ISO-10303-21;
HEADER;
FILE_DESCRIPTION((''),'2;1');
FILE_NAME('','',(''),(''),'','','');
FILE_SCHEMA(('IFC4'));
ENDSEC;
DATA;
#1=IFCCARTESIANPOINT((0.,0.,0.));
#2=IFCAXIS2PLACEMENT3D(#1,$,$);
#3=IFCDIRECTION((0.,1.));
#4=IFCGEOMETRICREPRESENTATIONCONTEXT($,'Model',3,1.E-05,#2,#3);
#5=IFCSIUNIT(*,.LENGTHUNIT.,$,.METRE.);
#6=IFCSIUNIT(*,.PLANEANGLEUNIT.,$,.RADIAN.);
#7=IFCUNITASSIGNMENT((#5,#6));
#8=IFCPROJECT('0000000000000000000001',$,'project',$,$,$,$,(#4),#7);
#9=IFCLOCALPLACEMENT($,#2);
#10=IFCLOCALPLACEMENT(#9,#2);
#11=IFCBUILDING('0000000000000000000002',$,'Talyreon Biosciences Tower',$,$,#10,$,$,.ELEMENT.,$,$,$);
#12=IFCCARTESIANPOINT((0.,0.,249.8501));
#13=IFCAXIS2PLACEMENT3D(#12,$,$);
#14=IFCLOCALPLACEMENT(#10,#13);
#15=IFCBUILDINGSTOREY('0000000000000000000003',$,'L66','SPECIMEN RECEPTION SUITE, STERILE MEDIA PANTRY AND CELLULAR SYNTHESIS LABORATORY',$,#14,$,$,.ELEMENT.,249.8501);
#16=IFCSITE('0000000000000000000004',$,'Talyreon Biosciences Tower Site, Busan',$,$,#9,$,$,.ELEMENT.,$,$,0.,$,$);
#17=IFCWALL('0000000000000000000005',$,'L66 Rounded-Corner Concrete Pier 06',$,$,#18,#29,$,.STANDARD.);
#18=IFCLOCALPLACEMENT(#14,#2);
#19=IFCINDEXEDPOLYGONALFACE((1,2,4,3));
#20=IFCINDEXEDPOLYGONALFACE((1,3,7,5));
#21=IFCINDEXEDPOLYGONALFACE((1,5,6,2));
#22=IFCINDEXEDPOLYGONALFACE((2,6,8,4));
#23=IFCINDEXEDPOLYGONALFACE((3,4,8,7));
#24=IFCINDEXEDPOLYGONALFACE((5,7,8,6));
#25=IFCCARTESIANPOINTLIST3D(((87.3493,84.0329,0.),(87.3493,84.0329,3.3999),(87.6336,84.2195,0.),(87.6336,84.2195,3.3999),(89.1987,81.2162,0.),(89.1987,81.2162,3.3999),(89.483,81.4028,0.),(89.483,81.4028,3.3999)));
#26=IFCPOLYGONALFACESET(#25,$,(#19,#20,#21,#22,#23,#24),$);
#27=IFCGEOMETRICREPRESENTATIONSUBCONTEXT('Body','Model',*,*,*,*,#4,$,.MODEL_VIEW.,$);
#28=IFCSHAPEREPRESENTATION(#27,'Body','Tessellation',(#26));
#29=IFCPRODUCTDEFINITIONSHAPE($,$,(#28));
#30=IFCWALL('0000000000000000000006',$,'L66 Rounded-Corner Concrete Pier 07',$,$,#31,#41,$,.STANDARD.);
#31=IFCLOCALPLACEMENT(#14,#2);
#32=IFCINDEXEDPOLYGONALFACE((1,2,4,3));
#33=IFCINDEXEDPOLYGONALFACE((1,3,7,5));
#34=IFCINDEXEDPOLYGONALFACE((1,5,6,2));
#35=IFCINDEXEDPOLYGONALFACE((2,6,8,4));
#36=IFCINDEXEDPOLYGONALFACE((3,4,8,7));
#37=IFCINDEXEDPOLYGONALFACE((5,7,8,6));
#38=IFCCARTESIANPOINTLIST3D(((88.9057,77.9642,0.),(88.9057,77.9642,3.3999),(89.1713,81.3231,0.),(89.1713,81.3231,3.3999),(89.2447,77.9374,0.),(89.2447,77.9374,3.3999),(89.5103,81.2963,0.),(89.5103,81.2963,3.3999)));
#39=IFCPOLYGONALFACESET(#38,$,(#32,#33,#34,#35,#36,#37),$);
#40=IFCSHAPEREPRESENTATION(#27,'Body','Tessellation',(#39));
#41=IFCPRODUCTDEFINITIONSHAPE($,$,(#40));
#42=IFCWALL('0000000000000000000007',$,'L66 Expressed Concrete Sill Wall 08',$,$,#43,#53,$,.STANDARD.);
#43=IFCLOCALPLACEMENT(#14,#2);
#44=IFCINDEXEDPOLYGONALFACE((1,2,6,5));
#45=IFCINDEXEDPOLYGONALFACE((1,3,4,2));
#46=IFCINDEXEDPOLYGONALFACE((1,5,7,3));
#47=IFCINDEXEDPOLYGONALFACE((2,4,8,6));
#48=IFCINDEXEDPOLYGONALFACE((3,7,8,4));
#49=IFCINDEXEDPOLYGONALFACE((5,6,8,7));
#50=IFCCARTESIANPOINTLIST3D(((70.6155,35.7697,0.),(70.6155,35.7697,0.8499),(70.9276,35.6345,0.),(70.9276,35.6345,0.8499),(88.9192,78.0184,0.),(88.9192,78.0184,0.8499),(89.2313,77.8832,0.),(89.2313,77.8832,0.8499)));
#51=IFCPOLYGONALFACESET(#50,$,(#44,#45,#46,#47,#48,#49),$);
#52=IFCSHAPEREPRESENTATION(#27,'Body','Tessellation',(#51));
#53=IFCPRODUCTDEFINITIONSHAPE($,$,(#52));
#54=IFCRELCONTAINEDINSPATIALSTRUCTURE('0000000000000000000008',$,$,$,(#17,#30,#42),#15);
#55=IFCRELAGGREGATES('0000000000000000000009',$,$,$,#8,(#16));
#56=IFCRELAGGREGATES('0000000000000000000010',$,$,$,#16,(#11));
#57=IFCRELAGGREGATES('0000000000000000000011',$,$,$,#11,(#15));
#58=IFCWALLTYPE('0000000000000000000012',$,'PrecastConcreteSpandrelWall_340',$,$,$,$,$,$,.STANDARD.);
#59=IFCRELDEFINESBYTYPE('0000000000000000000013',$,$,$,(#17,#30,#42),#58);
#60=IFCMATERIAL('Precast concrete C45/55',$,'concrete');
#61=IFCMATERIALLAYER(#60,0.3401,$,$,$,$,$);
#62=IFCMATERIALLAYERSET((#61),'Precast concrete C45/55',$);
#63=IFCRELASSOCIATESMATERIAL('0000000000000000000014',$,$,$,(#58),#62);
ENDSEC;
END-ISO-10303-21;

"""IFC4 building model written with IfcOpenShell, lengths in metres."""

from ifc_helpers import new_model, si_unit, direction, frame, frame_2d, origin, place, context, subcontext, project, spatial, rectangle, extrude, material, layer, layer_set, type_object, element, save


model = new_model("IFC4")

# Units and contexts
model_context = context("Model", 3, precision=1e-05, world=origin(), true_north=direction((0.0, 1.0)))
body_context = subcontext(model_context, "Body", "Model", "MODEL_VIEW")
ifc_project = project(units=[si_unit("LENGTHUNIT", "METRE"), si_unit("PLANEANGLEUNIT", "RADIAN")], contexts=[model_context])

# Site, building, storey
site_placement = place(None, origin())
site = spatial("IfcSite", under=ifc_project, at=site_placement, Name="Talyreon Biosciences Tower Site, Busan", CompositionType="ELEMENT", RefElevation=0.0)
building_placement = place(site_placement, origin())
building = spatial("IfcBuilding", under=site, at=building_placement, Name="Talyreon Biosciences Tower", CompositionType="ELEMENT")
storey_placement = place(building_placement, frame((0.0, 0.0, 249.8501)))
storey = spatial("IfcBuildingStorey", under=building, at=storey_placement, Name="L66", Description="SPECIMEN RECEPTION SUITE, STERILE MEDIA PANTRY AND CELLULAR SYNTHESIS LABORATORY", CompositionType="ELEMENT", Elevation=249.8501)

# Shared definitions
ifc_material_1 = material(Name="Precast concrete C45/55", Category="concrete")

# Walls
ifc_layer_1 = layer(ifc_material_1, 0.3401)
ifc_layer_set_1 = layer_set([ifc_layer_1], Name="Precast concrete C45/55")
wall_type_1 = type_object("IfcWallType", Name="PrecastConcreteSpandrelWall_340", PredefinedType="STANDARD", material=ifc_layer_set_1)
wall_1_placement = place(storey_placement, frame((87.4915, 84.1262, 0.0), z_axis=(0.0, 0.0, 1.0), x_axis=(0.548851, -0.83592, 0.0)))
element("IfcWall", 1, at=wall_1_placement, inside=storey, type_object=wall_type_1, Name="L66 Rounded-Corner Concrete Pier 06", PredefinedType="STANDARD", context=body_context, shape_type="SweptSolid", body=[
    extrude(rectangle(XDim=3.3696, YDim=0.3401, at=frame_2d((1.6848, 0.0))), origin(), (0.0, 0.0, 1.0), 3.3999),
])
wall_2_placement = place(storey_placement, frame((89.3408, 81.3096, 0.0), z_axis=(0.0, 0.0, 1.0), x_axis=(-0.078835, -0.996888, 0.0)))
element("IfcWall", 2, at=wall_2_placement, inside=storey, type_object=wall_type_1, Name="L66 Rounded-Corner Concrete Pier 07", PredefinedType="STANDARD", context=body_context, shape_type="SweptSolid", body=[
    extrude(rectangle(XDim=3.3694, YDim=0.3401, at=frame_2d((1.6846, 0.0))), origin(), (0.0, 0.0, 1.0), 3.3999),
])
wall_3_placement = place(storey_placement, frame((89.0752, 77.9507, 0.0), z_axis=(0.0, 0.0, 1.0), x_axis=(-0.397533, -0.917588, 0.0)))
element("IfcWall", 3, at=wall_3_placement, inside=storey, type_object=wall_type_1, Name="L66 Expressed Concrete Sill Wall 08", PredefinedType="STANDARD", context=body_context, shape_type="SweptSolid", body=[
    extrude(rectangle(XDim=46.0432, YDim=0.3401, at=frame_2d((23.0215, 0.0))), origin(), (0.0, 0.0, 1.0), 0.8499),
])

save(model, "model.ifc")
